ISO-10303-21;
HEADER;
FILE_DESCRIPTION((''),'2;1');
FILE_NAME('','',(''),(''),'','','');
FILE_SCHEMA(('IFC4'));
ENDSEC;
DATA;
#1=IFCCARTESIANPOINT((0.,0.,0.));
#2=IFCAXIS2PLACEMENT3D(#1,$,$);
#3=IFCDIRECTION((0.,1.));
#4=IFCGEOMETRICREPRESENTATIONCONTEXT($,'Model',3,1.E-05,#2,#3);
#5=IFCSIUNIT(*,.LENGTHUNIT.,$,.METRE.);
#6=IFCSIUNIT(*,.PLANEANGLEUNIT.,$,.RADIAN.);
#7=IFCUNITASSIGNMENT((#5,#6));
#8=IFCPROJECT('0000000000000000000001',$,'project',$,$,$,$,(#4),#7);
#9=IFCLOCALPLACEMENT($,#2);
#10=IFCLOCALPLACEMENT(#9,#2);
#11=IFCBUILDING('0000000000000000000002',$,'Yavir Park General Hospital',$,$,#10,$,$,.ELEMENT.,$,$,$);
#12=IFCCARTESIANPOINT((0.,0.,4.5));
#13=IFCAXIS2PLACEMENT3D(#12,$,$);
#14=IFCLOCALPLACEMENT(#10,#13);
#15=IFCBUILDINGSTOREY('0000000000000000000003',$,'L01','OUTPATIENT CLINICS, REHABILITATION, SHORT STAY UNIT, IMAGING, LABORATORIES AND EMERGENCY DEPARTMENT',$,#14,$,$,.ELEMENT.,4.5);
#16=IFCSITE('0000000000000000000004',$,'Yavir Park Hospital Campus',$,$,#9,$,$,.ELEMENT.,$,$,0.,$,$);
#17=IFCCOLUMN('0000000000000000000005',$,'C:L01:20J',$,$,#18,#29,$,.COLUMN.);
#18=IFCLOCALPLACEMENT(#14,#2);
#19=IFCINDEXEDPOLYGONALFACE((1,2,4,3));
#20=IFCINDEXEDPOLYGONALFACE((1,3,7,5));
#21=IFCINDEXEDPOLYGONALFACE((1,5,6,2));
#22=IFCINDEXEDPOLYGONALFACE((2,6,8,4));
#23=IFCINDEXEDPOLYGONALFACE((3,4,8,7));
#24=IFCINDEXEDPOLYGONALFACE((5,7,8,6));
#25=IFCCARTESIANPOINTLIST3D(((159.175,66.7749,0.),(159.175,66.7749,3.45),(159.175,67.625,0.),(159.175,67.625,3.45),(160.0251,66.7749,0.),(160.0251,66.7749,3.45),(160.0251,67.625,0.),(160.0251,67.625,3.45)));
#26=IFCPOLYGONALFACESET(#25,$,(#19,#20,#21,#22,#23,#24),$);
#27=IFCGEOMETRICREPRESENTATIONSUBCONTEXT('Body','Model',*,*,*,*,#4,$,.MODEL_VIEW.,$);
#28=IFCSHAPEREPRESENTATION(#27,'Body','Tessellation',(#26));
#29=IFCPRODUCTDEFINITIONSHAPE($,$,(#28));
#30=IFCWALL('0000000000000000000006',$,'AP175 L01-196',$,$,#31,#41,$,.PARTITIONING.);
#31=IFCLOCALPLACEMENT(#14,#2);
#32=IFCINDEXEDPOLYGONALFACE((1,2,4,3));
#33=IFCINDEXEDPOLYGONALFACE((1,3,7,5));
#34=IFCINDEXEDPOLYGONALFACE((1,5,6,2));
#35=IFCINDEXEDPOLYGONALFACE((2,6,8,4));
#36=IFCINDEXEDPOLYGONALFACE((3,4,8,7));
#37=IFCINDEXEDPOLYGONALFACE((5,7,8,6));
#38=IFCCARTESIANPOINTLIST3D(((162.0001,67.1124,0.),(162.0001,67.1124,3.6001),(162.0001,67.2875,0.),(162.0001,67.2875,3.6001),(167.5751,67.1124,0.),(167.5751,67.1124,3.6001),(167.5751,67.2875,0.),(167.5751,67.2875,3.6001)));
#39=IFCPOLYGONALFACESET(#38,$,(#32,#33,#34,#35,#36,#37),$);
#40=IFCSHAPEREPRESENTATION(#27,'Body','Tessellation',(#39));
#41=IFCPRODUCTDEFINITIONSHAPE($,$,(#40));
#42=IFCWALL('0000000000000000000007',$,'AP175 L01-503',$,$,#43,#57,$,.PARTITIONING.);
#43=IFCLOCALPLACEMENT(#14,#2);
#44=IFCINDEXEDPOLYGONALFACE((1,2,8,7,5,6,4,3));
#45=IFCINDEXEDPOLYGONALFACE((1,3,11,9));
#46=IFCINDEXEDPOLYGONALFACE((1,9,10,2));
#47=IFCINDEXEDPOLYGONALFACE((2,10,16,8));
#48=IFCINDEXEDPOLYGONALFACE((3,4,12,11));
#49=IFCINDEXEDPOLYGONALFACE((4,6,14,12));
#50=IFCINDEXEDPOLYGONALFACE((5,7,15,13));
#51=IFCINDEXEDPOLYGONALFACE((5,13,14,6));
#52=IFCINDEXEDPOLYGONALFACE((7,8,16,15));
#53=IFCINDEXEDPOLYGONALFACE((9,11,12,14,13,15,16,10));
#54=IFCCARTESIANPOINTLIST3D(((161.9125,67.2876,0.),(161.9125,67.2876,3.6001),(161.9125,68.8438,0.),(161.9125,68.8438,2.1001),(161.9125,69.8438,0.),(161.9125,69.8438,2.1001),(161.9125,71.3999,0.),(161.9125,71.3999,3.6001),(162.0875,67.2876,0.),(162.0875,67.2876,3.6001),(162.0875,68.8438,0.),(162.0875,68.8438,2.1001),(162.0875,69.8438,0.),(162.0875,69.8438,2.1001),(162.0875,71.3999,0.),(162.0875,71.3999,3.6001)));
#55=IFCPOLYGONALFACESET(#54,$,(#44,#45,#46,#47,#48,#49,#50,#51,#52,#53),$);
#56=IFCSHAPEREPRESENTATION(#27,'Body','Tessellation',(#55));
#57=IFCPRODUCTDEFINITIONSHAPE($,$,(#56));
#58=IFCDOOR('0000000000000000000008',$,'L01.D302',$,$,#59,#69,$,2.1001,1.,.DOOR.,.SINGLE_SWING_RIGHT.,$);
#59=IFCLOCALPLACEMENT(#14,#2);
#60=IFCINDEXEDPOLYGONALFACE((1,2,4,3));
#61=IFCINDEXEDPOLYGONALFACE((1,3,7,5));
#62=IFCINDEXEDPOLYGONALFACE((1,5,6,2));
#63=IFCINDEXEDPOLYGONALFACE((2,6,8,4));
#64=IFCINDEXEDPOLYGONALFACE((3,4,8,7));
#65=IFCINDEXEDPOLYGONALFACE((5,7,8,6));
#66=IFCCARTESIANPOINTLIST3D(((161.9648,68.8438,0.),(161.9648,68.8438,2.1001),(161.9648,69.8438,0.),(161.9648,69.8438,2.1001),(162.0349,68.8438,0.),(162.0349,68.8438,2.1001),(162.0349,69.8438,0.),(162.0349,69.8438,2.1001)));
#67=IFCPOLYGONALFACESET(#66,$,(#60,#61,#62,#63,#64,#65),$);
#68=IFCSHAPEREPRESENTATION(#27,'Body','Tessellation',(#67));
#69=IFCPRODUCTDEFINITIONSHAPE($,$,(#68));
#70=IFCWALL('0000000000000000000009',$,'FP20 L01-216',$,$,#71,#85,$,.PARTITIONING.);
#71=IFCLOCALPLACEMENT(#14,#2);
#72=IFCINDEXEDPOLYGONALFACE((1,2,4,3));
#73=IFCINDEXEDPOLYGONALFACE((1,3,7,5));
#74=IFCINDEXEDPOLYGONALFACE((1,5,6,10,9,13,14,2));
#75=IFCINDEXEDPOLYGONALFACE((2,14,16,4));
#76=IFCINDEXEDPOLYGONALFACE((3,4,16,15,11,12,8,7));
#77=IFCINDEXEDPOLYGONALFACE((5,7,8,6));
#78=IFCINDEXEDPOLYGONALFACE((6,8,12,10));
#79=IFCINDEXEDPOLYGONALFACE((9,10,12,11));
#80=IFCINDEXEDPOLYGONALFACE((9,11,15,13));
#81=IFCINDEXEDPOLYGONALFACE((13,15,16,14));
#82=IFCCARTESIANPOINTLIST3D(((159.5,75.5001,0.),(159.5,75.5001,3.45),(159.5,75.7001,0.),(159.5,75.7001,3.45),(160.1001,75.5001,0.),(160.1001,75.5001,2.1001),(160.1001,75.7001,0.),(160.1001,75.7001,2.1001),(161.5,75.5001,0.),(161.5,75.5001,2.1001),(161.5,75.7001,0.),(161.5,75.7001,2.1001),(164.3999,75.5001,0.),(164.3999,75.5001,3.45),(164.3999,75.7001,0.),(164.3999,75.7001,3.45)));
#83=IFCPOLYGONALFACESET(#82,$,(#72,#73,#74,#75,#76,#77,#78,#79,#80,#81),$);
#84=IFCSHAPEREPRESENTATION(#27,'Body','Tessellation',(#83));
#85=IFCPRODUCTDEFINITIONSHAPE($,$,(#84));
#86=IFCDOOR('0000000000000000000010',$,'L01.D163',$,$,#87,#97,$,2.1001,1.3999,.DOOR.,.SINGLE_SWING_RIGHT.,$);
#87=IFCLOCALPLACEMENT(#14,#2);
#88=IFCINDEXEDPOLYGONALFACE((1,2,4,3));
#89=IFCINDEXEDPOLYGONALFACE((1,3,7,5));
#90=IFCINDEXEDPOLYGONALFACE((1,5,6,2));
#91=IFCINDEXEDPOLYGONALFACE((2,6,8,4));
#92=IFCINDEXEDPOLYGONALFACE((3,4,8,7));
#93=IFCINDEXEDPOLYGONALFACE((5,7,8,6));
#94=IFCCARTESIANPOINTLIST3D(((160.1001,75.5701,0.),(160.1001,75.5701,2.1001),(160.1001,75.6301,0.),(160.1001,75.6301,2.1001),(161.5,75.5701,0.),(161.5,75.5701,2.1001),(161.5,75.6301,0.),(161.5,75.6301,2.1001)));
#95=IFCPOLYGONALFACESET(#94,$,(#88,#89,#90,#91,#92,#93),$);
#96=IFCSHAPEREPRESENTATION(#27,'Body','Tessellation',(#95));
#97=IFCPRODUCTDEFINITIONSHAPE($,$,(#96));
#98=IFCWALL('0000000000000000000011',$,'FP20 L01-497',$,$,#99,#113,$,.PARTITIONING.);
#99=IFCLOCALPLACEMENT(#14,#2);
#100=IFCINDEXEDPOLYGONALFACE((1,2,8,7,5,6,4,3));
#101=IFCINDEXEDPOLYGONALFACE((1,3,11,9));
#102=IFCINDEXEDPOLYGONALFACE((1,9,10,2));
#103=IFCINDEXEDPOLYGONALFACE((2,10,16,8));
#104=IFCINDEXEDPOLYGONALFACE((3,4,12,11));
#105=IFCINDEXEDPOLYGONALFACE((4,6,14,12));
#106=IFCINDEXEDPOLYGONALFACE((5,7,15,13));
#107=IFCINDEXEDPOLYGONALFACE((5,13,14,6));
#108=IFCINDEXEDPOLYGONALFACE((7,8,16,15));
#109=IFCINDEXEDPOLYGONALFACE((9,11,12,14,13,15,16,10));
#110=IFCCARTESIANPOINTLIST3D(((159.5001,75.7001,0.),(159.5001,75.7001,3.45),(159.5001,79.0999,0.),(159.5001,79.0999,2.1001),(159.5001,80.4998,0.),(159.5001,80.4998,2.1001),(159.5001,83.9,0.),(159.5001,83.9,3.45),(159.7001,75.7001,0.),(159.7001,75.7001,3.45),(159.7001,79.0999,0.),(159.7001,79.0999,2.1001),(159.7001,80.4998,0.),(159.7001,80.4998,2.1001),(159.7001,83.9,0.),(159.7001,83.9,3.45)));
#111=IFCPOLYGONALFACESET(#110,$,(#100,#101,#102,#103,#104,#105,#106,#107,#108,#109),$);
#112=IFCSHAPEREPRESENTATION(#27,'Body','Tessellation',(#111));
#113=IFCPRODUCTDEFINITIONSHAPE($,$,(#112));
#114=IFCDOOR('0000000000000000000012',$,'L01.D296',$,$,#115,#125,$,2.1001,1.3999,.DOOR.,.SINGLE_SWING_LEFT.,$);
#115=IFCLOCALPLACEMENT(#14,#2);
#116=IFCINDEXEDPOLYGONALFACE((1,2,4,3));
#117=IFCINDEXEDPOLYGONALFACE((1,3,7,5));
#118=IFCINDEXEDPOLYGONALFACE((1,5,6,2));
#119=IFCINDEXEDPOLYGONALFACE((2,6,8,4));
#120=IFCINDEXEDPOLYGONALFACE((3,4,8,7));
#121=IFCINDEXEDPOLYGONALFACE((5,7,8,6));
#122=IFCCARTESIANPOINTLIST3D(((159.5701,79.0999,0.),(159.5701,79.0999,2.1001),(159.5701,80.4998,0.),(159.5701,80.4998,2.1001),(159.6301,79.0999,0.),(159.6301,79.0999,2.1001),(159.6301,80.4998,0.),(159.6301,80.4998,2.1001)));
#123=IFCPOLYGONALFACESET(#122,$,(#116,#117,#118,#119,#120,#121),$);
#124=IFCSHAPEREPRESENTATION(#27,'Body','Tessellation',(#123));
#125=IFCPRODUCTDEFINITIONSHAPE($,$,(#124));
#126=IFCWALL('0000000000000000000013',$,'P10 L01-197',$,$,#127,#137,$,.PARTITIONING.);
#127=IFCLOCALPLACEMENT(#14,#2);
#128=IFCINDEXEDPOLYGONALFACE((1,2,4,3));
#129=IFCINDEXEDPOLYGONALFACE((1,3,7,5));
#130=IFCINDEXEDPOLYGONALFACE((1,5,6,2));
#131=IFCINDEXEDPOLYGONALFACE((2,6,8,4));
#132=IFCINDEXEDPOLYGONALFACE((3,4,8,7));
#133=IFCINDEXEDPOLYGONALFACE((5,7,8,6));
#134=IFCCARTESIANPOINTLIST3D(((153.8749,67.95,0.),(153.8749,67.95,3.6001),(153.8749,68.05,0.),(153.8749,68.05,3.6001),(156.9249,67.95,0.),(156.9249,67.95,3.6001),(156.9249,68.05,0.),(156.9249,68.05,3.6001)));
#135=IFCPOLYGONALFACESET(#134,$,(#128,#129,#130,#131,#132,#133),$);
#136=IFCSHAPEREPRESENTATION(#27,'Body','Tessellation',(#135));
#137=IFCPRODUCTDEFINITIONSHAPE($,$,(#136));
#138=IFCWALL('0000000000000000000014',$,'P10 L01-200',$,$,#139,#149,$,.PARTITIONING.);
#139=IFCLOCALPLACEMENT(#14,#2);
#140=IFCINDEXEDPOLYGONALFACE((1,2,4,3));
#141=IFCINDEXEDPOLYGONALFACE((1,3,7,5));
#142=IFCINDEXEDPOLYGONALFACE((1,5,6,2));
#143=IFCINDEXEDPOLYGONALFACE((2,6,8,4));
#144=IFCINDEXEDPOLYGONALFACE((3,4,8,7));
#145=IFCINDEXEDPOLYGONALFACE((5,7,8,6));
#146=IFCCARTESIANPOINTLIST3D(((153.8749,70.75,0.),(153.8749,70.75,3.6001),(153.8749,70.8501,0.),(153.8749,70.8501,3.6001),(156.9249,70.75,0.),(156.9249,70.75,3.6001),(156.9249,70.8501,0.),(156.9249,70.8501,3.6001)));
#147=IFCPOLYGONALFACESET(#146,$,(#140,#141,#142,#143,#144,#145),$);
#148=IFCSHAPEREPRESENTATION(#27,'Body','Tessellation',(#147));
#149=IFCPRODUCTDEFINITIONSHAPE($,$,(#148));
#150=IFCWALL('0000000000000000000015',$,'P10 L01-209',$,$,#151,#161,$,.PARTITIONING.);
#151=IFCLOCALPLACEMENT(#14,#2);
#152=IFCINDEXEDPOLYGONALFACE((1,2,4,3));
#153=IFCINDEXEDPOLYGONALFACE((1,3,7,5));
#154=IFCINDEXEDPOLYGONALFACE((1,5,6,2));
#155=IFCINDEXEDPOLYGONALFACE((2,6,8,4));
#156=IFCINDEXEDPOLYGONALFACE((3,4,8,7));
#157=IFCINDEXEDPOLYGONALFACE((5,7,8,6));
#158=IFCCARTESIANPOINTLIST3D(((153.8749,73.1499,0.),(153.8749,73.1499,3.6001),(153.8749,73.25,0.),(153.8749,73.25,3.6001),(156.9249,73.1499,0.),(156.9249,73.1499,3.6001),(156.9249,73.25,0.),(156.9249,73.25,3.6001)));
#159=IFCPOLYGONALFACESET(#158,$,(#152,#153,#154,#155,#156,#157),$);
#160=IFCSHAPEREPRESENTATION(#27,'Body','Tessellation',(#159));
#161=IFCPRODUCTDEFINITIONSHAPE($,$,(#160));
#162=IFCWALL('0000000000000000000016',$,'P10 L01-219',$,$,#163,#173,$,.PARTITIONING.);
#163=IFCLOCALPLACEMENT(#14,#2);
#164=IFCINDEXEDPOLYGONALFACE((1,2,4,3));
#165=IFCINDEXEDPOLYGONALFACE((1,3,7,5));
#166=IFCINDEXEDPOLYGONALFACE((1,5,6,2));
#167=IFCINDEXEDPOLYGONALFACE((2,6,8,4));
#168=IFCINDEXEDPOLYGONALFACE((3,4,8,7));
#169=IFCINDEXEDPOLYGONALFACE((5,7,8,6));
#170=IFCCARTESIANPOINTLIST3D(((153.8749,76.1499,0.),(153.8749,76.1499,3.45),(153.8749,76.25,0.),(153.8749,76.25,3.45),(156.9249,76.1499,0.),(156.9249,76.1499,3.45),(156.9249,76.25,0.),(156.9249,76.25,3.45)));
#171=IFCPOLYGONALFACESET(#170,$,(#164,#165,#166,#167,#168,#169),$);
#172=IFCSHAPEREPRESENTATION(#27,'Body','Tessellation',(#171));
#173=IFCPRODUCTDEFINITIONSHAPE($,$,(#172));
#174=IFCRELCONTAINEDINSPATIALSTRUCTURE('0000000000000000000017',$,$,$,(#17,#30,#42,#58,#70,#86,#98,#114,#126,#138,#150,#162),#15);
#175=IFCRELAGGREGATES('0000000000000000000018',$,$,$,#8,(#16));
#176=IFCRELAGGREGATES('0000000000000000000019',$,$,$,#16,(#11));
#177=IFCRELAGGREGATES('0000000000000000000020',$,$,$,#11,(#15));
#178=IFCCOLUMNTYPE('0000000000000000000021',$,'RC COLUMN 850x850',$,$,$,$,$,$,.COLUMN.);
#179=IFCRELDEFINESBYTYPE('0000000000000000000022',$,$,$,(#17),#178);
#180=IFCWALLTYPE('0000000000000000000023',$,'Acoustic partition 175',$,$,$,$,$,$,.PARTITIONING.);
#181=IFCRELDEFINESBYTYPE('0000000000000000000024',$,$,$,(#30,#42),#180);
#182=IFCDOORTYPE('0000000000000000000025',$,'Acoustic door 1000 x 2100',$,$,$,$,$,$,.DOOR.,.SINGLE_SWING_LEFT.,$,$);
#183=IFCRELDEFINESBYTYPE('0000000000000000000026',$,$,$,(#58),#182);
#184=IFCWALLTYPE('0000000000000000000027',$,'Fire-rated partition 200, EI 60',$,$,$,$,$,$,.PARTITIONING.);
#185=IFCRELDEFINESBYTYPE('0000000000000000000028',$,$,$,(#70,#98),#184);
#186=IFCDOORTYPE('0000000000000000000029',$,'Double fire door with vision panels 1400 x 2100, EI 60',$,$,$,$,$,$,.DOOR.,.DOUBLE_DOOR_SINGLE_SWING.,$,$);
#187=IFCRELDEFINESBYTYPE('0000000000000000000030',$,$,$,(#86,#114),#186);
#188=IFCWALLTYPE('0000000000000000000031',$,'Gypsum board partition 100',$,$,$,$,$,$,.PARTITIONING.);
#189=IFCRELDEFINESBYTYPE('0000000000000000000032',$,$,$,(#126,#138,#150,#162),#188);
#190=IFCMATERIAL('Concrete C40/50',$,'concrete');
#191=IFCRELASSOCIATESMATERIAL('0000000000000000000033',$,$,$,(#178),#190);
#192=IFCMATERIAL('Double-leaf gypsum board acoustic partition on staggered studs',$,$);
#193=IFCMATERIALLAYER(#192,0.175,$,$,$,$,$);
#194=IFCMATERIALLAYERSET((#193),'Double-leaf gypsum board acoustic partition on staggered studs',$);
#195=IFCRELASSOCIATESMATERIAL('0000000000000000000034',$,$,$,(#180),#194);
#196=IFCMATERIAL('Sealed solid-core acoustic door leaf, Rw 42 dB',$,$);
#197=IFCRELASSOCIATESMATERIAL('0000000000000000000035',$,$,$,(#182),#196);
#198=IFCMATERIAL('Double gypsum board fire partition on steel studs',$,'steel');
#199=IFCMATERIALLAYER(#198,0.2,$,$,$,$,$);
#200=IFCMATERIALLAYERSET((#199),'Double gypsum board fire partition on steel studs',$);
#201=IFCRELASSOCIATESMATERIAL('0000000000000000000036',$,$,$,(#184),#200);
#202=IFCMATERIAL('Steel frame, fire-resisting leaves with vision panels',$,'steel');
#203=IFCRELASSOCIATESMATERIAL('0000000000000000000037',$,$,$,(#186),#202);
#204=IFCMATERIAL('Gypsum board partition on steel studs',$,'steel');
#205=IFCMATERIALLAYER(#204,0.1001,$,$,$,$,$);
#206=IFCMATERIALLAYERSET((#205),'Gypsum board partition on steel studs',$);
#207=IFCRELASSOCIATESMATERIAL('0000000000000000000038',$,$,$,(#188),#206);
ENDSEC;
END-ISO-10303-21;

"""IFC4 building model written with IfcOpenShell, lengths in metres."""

from ifc_helpers import new_model, si_unit, direction, frame, frame_2d, origin, origin_2d, place, context, subcontext, project, spatial, rectangle, extrude, material, layer, layer_set, material_profile, profile_set, type_object, element, fill, save


model = new_model("IFC4")

# Units and contexts
model_context = context("Model", 3, precision=1e-05, world=origin(), true_north=direction((0.0, 1.0)))
body_context = subcontext(model_context, "Body", "Model", "MODEL_VIEW")
ifc_project = project(units=[si_unit("LENGTHUNIT", "METRE"), si_unit("PLANEANGLEUNIT", "RADIAN")], contexts=[model_context])

# Site, building, storey
site_placement = place(None, origin())
site = spatial("IfcSite", under=ifc_project, at=site_placement, Name="Yavir Park Hospital Campus", CompositionType="ELEMENT", RefElevation=0.0)
building_placement = place(site_placement, origin())
building = spatial("IfcBuilding", under=site, at=building_placement, Name="Yavir Park General Hospital", CompositionType="ELEMENT")
storey_placement = place(building_placement, frame((0.0, 0.0, 4.5)))
storey = spatial("IfcBuildingStorey", under=building, at=storey_placement, Name="L01", Description="OUTPATIENT CLINICS, REHABILITATION, SHORT STAY UNIT, IMAGING, LABORATORIES AND EMERGENCY DEPARTMENT", CompositionType="ELEMENT", Elevation=4.5)

# Column
ifc_material_1 = material(Name="Concrete C40/50", Category="concrete")
ifc_material_profile = material_profile(ifc_material_1, rectangle(XDim=0.8501, YDim=0.8501, at=origin_2d()), Name="RC850x850")
ifc_profile_set = profile_set([ifc_material_profile], Name="Concrete C40/50")
column_type = type_object("IfcColumnType", Name="RC COLUMN 850x850", PredefinedType="COLUMN", material=ifc_profile_set)
column_placement = place(storey_placement, frame((159.6001, 67.2, 0.0), z_axis=(0.0, 0.0, 1.0), x_axis=(1.0, 0.0, 0.0)))
element("IfcColumn", 1, at=column_placement, inside=storey, type_object=column_type, Name="C:L01:20J", PredefinedType="COLUMN", context=body_context, shape_type="SweptSolid", body=[
    extrude(rectangle(XDim=0.8501, YDim=0.8501, at=origin_2d()), origin(), (0.0, 0.0, 1.0), 3.45),
])

# Wall
ifc_material_2 = material(Name="Double-leaf gypsum board acoustic partition on staggered studs")
ifc_layer_1 = layer(ifc_material_2, 0.175)
ifc_layer_set_1 = layer_set([ifc_layer_1], Name="Double-leaf gypsum board acoustic partition on staggered studs")
wall_type_1 = type_object("IfcWallType", Name="Acoustic partition 175", PredefinedType="PARTITIONING", material=ifc_layer_set_1)
wall_1_placement = place(storey_placement, frame((162.0, 67.2, 0.0), z_axis=(0.0, 0.0, 1.0), x_axis=(1.0, 0.0, 0.0)))
element("IfcWall", 2, at=wall_1_placement, inside=storey, type_object=wall_type_1, Name="AP175 L01-196", PredefinedType="PARTITIONING", context=body_context, shape_type="SweptSolid", body=[
    extrude(rectangle(XDim=5.575, YDim=0.175, at=frame_2d((2.7876, 0.0))), origin(), (0.0, 0.0, 1.0), 3.6001),
])

# Walls, openings, doors
wall_2_placement = place(storey_placement, frame((162.0, 67.2876, 0.0), z_axis=(0.0, 0.0, 1.0), x_axis=(0.0, 1.0, 0.0)))
wall_2 = element("IfcWall", 3, at=wall_2_placement, inside=storey, type_object=wall_type_1, Name="AP175 L01-503", PredefinedType="PARTITIONING", context=body_context, shape_type="SweptSolid", body=[
    extrude(rectangle(XDim=4.1123, YDim=0.175, at=frame_2d((2.0562, 0.0))), origin(), (0.0, 0.0, 1.0), 3.6001),
])
opening_1_placement = place(wall_2_placement, frame((1.5562, 0.0, 0.0)))
opening_1 = element("IfcOpeningElement", 4, at=opening_1_placement, cuts=wall_2, PredefinedType="OPENING", context=body_context, shape_type="SweptSolid", body=[
    extrude(rectangle(XDim=1.0, YDim=2.1001, at=frame_2d((0.5, 1.05))), frame((0.0, 0.0974, 0.0), z_axis=(0.0, -1.0, 0.0), x_axis=(1.0, 0.0, 0.0)), (0.0, 0.0, 1.0), 0.1951),
])
ifc_material_3 = material(Name="Sealed solid-core acoustic door leaf, Rw 42 dB")
door_type_1 = type_object("IfcDoorType", Name="Acoustic door 1000 x 2100", OperationType="SINGLE_SWING_LEFT", PredefinedType="DOOR", material=ifc_material_3)
door_1_placement = place(opening_1_placement, origin())
door_1 = element("IfcDoor", 5, at=door_1_placement, inside=storey, type_object=door_type_1, Name="L01.D302", OperationType="SINGLE_SWING_RIGHT", OverallHeight=2.1001, OverallWidth=1.0, PredefinedType="DOOR", context=body_context, shape_type="SweptSolid", body=[
    extrude(rectangle(XDim=1.0, YDim=2.1001, at=frame_2d((0.5, 1.05))), frame((0.0, 0.0352, 0.0), z_axis=(0.0, -1.0, 0.0), x_axis=(1.0, 0.0, 0.0)), (0.0, 0.0, 1.0), 0.0701),
])
fill(opening_1, door_1)
ifc_material_4 = material(Name="Double gypsum board fire partition on steel studs", Category="steel")
ifc_layer_2 = layer(ifc_material_4, 0.2)
ifc_layer_set_2 = layer_set([ifc_layer_2], Name="Double gypsum board fire partition on steel studs")
wall_type_2 = type_object("IfcWallType", Name="Fire-rated partition 200, EI 60", PredefinedType="PARTITIONING", material=ifc_layer_set_2)
wall_3_placement = place(storey_placement, frame((159.5, 75.6001, 0.0), z_axis=(0.0, 0.0, 1.0), x_axis=(1.0, 0.0, 0.0)))
wall_3 = element("IfcWall", 6, at=wall_3_placement, inside=storey, type_object=wall_type_2, Name="FP20 L01-216", PredefinedType="PARTITIONING", context=body_context, shape_type="SweptSolid", body=[
    extrude(rectangle(XDim=4.8999, YDim=0.2, at=frame_2d((2.45, 0.0))), origin(), (0.0, 0.0, 1.0), 3.45),
])
opening_2_placement = place(wall_3_placement, frame((0.6001, 0.0, 0.0)))
opening_2 = element("IfcOpeningElement", 7, at=opening_2_placement, cuts=wall_3, PredefinedType="OPENING", context=body_context, shape_type="SweptSolid", body=[
    extrude(rectangle(XDim=1.3999, YDim=2.1001, at=frame_2d((0.7, 1.05))), frame((0.0, 0.1099, 0.0), z_axis=(0.0, -1.0, 0.0), x_axis=(1.0, 0.0, 0.0)), (0.0, 0.0, 1.0), 0.22),
])
ifc_material_5 = material(Name="Steel frame, fire-resisting leaves with vision panels", Category="steel")
door_type_2 = type_object("IfcDoorType", Name="Double fire door with vision panels 1400 x 2100, EI 60", OperationType="DOUBLE_DOOR_SINGLE_SWING", PredefinedType="DOOR", material=ifc_material_5)
door_2_placement = place(opening_2_placement, origin())
door_2 = element("IfcDoor", 8, at=door_2_placement, inside=storey, type_object=door_type_2, Name="L01.D163", OperationType="SINGLE_SWING_RIGHT", OverallHeight=2.1001, OverallWidth=1.3999, PredefinedType="DOOR", context=body_context, shape_type="SweptSolid", body=[
    extrude(rectangle(XDim=1.3999, YDim=2.1001, at=frame_2d((0.7, 1.05))), frame((0.0, 0.03, 0.0), z_axis=(0.0, -1.0, 0.0), x_axis=(1.0, 0.0, 0.0)), (0.0, 0.0, 1.0), 0.0601),
])
fill(opening_2, door_2)
wall_4_placement = place(storey_placement, frame((159.6001, 75.7, 0.0), z_axis=(0.0, 0.0, 1.0), x_axis=(0.0, 1.0, 0.0)))
wall_4 = element("IfcWall", 9, at=wall_4_placement, inside=storey, type_object=wall_type_2, Name="FP20 L01-497", PredefinedType="PARTITIONING", context=body_context, shape_type="SweptSolid", body=[
    extrude(rectangle(XDim=8.2, YDim=0.2, at=frame_2d((4.1001, 0.0))), origin(), (0.0, 0.0, 1.0), 3.45),
])
opening_3_placement = place(wall_4_placement, frame((3.3999, 0.0, 0.0)))
opening_3 = element("IfcOpeningElement", 10, at=opening_3_placement, cuts=wall_4, PredefinedType="OPENING", context=body_context, shape_type="SweptSolid", body=[
    extrude(rectangle(XDim=1.3999, YDim=2.1001, at=frame_2d((0.7, 1.05))), frame((0.0, 0.1099, 0.0), z_axis=(0.0, -1.0, 0.0), x_axis=(1.0, 0.0, 0.0)), (0.0, 0.0, 1.0), 0.22),
])
door_3_placement = place(opening_3_placement, origin())
door_3 = element("IfcDoor", 11, at=door_3_placement, inside=storey, type_object=door_type_2, Name="L01.D296", OperationType="SINGLE_SWING_LEFT", OverallHeight=2.1001, OverallWidth=1.3999, PredefinedType="DOOR", context=body_context, shape_type="SweptSolid", body=[
    extrude(rectangle(XDim=1.3999, YDim=2.1001, at=frame_2d((0.7, 1.05))), frame((0.0, 0.03, 0.0), z_axis=(0.0, -1.0, 0.0), x_axis=(1.0, 0.0, 0.0)), (0.0, 0.0, 1.0), 0.0601),
])
fill(opening_3, door_3)

# Walls
ifc_material_6 = material(Name="Gypsum board partition on steel studs", Category="steel")
ifc_layer_3 = layer(ifc_material_6, 0.1001)
ifc_layer_set_3 = layer_set([ifc_layer_3], Name="Gypsum board partition on steel studs")
wall_type_3 = type_object("IfcWallType", Name="Gypsum board partition 100", PredefinedType="PARTITIONING", material=ifc_layer_set_3)
for number, where, z_axis, x_axis, name in (
    (12, (153.875, 68.0, 0.0), (0.0, 0.0, 1.0), (1.0, 0.0, 0.0), "P10 L01-197"),
    (13, (153.875, 70.8, 0.0), (0.0, 0.0, 1.0), (1.0, 0.0, 0.0), "P10 L01-200"),
    (14, (153.875, 73.2, 0.0), (0.0, 0.0, 1.0), (1.0, 0.0, 0.0), "P10 L01-209"),
):
    element("IfcWall", number, at=place(storey_placement, frame(where, z_axis=z_axis, x_axis=x_axis)), inside=storey, type_object=wall_type_3, Name=name, PredefinedType="PARTITIONING", context=body_context, shape_type="SweptSolid", body=[
        extrude(rectangle(XDim=3.05, YDim=0.1001, at=frame_2d((1.5249, 0.0))), origin(), (0.0, 0.0, 1.0), 3.6001),
    ])
wall_5_placement = place(storey_placement, frame((153.875, 76.2, 0.0), z_axis=(0.0, 0.0, 1.0), x_axis=(1.0, 0.0, 0.0)))
element("IfcWall", 15, at=wall_5_placement, inside=storey, type_object=wall_type_3, Name="P10 L01-219", PredefinedType="PARTITIONING", context=body_context, shape_type="SweptSolid", body=[
    extrude(rectangle(XDim=3.05, YDim=0.1001, at=frame_2d((1.5249, 0.0))), origin(), (0.0, 0.0, 1.0), 3.45),
])

save(model, "model.ifc")
